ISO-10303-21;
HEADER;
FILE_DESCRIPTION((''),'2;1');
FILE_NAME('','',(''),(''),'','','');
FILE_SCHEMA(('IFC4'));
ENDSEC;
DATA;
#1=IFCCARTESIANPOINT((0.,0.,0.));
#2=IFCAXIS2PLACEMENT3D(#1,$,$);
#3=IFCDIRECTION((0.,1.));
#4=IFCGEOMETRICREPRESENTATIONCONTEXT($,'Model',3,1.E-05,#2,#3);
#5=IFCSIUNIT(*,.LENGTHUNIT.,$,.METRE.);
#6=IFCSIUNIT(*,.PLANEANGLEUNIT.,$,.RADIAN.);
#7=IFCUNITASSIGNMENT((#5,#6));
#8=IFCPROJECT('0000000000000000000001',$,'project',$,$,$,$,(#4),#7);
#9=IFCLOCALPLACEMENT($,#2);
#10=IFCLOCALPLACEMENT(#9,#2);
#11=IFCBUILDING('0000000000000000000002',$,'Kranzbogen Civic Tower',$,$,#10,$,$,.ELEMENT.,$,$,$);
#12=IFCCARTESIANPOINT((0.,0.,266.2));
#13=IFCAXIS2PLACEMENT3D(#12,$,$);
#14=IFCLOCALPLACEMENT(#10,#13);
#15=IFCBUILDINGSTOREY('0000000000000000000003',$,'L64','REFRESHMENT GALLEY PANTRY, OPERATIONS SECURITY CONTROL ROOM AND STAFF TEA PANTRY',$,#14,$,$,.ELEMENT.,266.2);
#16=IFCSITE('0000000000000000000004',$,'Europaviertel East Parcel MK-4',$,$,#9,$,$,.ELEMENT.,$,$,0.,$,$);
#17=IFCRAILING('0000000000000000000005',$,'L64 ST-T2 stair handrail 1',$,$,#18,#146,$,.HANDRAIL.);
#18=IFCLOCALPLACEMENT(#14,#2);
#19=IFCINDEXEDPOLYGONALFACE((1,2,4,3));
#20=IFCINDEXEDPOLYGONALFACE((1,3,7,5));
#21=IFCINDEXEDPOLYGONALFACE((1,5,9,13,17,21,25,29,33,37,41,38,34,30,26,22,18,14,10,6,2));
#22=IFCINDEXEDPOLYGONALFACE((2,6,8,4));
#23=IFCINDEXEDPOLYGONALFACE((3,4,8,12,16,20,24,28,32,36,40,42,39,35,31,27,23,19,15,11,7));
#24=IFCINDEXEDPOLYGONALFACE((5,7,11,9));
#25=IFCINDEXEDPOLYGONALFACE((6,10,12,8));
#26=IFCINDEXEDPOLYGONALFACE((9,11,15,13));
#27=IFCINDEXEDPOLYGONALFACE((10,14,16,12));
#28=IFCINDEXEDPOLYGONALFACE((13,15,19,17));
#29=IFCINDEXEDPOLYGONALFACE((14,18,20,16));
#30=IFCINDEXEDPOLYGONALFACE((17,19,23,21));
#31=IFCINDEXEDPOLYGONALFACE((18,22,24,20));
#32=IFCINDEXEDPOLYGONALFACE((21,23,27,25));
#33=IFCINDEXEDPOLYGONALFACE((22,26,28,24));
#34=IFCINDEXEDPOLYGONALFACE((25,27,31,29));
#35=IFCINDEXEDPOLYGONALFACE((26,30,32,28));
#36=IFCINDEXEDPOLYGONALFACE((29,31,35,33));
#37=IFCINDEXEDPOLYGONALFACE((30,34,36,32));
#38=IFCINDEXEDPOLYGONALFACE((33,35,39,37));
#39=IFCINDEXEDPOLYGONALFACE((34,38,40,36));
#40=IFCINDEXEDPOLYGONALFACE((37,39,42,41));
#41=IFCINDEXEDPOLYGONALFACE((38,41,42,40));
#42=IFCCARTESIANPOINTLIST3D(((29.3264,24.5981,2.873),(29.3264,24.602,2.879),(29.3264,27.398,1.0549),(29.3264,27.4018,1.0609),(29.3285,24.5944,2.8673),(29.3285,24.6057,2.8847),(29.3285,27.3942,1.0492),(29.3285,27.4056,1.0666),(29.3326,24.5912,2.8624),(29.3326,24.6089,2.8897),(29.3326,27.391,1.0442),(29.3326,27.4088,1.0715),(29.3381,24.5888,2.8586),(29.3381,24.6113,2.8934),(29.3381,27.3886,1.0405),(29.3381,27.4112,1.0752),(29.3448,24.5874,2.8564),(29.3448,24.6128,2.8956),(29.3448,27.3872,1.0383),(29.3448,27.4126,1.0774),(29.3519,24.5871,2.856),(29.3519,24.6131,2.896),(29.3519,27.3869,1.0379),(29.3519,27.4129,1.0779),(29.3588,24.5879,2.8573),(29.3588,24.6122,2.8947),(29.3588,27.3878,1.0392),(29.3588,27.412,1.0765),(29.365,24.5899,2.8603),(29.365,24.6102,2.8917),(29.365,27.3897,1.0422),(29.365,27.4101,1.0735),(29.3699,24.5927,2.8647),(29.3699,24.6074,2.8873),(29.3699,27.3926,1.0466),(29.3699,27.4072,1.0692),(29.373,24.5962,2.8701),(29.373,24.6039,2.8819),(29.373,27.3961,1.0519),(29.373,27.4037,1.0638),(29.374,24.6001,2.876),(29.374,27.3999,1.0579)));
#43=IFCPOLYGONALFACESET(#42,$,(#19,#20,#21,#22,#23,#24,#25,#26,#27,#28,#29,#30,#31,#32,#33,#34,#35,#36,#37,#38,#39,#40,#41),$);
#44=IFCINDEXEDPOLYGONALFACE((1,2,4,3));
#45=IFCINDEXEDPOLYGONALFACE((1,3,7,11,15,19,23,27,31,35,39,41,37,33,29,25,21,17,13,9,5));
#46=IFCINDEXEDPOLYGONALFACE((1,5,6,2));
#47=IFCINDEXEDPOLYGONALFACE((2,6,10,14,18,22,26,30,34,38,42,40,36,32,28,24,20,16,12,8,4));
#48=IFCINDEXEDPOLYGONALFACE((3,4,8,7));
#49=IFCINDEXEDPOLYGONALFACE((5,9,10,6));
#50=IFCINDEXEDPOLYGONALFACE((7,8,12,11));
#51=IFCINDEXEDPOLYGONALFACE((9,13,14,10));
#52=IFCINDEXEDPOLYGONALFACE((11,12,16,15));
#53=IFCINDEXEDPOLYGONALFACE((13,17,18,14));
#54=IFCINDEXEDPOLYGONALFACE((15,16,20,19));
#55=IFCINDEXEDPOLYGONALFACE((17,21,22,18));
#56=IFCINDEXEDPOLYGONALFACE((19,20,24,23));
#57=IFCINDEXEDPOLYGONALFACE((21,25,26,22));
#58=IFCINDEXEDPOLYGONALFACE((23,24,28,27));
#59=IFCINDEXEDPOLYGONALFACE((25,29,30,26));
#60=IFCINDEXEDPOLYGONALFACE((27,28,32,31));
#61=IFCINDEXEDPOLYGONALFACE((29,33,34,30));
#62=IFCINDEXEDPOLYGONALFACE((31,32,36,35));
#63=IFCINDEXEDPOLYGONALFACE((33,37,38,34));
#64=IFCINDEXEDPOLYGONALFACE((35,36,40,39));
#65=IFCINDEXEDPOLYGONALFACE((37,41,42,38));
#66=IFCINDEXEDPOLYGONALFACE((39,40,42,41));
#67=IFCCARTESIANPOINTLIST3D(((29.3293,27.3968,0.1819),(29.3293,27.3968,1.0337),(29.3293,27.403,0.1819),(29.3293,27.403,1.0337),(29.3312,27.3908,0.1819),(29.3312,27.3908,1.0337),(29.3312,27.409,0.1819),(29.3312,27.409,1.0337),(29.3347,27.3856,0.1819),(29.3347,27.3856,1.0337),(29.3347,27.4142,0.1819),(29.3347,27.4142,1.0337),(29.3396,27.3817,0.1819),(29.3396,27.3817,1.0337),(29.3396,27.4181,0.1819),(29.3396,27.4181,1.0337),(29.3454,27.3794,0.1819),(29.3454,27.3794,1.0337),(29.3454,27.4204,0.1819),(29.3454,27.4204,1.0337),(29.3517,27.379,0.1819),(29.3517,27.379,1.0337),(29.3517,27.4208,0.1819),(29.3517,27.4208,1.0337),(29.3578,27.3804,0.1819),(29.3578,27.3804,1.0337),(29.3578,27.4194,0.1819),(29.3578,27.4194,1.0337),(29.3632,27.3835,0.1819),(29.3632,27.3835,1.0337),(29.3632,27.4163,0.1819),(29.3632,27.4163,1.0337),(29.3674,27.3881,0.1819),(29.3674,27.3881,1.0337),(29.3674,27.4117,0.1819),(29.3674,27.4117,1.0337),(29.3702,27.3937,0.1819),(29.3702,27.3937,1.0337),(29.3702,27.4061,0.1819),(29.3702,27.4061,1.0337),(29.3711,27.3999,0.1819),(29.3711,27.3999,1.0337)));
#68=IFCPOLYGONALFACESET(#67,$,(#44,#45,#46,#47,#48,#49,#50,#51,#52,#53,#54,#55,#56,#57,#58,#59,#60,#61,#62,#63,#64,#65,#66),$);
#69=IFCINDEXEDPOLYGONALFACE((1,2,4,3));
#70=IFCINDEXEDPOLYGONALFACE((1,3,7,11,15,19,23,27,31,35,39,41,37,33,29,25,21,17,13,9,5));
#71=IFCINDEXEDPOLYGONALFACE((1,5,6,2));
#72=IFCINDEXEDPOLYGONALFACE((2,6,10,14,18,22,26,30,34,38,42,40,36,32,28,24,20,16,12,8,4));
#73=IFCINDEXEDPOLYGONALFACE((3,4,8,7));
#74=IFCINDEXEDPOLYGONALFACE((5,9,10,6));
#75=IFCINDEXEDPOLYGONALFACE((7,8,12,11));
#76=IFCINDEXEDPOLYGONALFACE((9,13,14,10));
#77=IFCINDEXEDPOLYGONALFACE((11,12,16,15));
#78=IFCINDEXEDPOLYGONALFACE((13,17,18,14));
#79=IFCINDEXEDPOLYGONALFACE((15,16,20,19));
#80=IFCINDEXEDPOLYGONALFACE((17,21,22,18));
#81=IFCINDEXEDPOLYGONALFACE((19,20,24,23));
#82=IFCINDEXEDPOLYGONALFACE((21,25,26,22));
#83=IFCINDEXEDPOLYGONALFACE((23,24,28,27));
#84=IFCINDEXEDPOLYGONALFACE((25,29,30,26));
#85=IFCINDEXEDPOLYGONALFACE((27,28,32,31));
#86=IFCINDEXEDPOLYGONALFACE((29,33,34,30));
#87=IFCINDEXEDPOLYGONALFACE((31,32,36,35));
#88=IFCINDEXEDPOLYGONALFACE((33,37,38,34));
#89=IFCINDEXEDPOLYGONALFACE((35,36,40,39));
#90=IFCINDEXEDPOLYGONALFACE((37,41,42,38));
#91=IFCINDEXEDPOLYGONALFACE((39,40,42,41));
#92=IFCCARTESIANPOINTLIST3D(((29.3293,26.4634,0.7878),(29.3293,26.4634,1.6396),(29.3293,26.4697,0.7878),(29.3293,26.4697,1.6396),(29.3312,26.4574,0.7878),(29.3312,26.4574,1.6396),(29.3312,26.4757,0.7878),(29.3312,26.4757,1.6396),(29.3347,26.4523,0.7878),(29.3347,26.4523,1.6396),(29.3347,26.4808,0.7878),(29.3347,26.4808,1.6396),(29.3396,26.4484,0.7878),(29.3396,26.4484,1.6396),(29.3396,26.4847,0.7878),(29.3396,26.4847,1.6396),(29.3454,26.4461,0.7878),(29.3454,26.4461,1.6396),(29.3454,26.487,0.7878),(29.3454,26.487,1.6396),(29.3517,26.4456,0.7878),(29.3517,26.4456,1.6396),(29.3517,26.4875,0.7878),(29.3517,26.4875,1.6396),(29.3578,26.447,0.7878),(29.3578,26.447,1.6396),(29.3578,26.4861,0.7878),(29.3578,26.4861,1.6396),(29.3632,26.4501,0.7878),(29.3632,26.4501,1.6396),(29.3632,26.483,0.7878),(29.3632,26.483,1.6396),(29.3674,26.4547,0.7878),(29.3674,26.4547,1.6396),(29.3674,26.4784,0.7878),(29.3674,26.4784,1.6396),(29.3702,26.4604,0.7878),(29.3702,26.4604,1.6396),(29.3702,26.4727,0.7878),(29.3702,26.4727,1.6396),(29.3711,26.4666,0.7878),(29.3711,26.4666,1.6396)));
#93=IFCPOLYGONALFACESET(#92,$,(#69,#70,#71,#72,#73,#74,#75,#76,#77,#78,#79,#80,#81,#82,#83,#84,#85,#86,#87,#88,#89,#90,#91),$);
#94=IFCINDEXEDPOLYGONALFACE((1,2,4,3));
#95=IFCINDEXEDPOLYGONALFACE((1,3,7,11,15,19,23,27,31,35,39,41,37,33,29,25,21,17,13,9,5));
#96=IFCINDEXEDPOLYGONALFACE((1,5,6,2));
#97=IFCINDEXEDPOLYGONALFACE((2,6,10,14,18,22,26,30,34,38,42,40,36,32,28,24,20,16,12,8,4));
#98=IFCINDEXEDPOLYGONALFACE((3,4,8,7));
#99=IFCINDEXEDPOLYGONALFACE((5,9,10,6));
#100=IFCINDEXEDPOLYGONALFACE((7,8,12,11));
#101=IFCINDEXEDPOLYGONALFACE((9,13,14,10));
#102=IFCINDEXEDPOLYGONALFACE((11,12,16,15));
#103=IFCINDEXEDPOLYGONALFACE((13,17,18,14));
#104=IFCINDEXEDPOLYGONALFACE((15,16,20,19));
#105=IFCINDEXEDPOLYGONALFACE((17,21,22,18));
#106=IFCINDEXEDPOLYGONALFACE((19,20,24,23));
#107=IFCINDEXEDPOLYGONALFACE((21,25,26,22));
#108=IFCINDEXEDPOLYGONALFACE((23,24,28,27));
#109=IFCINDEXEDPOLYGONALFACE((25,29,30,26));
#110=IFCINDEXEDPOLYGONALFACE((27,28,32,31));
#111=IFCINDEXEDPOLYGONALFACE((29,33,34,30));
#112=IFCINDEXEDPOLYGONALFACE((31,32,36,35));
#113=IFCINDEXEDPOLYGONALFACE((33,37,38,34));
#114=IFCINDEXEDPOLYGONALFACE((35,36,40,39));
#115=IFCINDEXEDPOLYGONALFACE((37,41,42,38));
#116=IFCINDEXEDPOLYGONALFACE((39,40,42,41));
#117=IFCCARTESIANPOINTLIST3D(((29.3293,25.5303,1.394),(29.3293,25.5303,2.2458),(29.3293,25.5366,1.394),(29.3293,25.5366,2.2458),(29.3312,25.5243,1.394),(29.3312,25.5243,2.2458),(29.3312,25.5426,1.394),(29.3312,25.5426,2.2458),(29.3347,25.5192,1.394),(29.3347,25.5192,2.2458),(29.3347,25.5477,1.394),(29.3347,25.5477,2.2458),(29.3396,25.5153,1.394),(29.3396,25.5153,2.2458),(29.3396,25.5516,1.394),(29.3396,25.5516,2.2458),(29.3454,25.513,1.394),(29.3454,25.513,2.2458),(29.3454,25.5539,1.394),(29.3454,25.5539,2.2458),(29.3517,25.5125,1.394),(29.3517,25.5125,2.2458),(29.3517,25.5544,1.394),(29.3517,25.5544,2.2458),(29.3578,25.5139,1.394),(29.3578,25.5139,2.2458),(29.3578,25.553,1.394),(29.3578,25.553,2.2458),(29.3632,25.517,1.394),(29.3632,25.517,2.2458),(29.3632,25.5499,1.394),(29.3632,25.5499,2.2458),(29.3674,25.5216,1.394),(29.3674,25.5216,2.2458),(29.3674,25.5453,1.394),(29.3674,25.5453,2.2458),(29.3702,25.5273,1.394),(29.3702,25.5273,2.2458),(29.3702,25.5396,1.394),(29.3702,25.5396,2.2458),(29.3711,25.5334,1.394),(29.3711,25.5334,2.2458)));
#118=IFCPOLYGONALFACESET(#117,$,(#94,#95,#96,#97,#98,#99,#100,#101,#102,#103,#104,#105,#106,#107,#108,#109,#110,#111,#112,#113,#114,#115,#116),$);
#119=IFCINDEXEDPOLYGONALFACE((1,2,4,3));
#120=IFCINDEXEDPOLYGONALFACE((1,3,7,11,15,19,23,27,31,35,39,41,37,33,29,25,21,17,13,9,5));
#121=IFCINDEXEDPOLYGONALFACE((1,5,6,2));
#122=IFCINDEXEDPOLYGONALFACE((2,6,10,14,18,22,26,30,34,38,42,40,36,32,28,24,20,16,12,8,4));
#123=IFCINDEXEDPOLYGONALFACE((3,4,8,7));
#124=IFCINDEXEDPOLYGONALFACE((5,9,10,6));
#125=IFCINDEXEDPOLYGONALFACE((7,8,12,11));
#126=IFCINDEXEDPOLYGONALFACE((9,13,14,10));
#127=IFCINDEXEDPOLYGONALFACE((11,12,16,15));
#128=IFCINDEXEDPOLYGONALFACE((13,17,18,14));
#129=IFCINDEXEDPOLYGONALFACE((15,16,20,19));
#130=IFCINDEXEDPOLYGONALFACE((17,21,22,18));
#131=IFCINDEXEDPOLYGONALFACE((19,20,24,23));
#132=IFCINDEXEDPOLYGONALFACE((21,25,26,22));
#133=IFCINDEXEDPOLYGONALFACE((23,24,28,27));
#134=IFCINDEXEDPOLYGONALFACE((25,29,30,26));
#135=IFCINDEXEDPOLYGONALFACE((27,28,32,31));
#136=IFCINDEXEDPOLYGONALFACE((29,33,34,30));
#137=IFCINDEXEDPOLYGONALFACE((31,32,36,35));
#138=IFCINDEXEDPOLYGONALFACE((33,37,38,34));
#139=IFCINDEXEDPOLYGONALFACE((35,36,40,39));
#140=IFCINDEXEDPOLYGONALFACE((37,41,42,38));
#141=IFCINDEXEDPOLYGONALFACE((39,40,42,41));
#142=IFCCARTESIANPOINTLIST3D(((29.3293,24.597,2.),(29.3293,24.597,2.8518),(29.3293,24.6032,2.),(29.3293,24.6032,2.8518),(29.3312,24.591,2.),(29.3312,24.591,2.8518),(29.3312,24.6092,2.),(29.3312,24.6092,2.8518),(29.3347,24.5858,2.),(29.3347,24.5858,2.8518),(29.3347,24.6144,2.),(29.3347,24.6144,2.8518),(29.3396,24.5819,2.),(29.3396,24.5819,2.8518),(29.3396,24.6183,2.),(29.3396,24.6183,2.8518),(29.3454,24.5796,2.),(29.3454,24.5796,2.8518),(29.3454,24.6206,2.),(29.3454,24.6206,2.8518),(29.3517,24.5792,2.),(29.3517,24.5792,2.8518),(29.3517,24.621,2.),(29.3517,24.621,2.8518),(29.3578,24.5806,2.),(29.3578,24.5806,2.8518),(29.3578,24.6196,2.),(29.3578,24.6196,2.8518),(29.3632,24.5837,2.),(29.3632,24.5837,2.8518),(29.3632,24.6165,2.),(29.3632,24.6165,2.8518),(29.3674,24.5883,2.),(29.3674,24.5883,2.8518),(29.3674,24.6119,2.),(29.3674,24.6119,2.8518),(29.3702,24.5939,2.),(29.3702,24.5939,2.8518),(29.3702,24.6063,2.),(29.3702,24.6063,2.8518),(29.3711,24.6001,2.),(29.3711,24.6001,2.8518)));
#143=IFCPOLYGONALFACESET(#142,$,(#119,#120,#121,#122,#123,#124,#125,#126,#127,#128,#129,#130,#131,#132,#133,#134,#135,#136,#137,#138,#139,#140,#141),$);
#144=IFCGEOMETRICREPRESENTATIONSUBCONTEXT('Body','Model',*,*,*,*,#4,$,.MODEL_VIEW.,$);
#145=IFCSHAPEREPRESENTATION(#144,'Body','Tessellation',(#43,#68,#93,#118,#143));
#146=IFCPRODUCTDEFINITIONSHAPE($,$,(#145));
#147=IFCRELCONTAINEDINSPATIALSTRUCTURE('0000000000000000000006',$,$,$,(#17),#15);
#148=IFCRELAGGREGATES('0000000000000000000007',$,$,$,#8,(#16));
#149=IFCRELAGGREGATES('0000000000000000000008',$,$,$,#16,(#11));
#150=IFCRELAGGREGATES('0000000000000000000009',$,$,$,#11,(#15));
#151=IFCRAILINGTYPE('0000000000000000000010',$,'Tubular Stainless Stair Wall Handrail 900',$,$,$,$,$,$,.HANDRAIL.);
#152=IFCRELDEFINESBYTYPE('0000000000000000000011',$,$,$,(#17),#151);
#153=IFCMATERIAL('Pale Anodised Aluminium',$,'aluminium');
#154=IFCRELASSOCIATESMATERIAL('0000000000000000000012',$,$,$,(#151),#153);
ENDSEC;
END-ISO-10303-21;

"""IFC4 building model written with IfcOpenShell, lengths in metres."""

from ifc_helpers import new_model, si_unit, direction, frame, origin, origin_2d, place, context, subcontext, project, spatial, circle, extrude, material, type_object, element, save


model = new_model("IFC4")

# Units and contexts
model_context = context("Model", 3, precision=1e-05, world=origin(), true_north=direction((0.0, 1.0)))
body_context = subcontext(model_context, "Body", "Model", "MODEL_VIEW")
ifc_project = project(units=[si_unit("LENGTHUNIT", "METRE"), si_unit("PLANEANGLEUNIT", "RADIAN")], contexts=[model_context])

# Site, building, storey
site_placement = place(None, origin())
site = spatial("IfcSite", under=ifc_project, at=site_placement, Name="Europaviertel East Parcel MK-4", CompositionType="ELEMENT", RefElevation=0.0)
building_placement = place(site_placement, origin())
building = spatial("IfcBuilding", under=site, at=building_placement, Name="Kranzbogen Civic Tower", CompositionType="ELEMENT")
storey_placement = place(building_placement, frame((0.0, 0.0, 266.2)))
storey = spatial("IfcBuildingStorey", under=building, at=storey_placement, Name="L64", Description="REFRESHMENT GALLEY PANTRY, OPERATIONS SECURITY CONTROL ROOM AND STAFF TEA PANTRY", CompositionType="ELEMENT", Elevation=266.2)

# Shared definitions
ifc_material_1 = material(Name="Pale Anodised Aluminium", Category="aluminium")

# Railing
railing_type_1 = type_object("IfcRailingType", Name="Tubular Stainless Stair Wall Handrail 900", PredefinedType="HANDRAIL", material=ifc_material_1)
railing_1_placement = place(storey_placement, frame((29.3501, 27.3999, 0.1819)))
element("IfcRailing", 1, at=railing_1_placement, inside=storey, type_object=railing_type_1, Name="L64 ST-T2 stair handrail 1", PredefinedType="HANDRAIL", context=body_context, shape_type="SweptSolid", body=[
    extrude(circle(Radius=0.0239, at=origin_2d()), frame((0.0, 0.0, 0.876), z_axis=(0.0, -0.838684, 0.544618), x_axis=(1.0, 0.0, 0.0)), (0.0, 0.0, 1.0), 3.3384),
    extrude(circle(Radius=0.021, at=origin_2d()), origin(), (0.0, 0.0, 1.0), 0.8518),
    extrude(circle(Radius=0.021, at=origin_2d()), frame((0.0, -0.9333, 0.606)), (0.0, 0.0, 1.0), 0.8518),
    extrude(circle(Radius=0.021, at=origin_2d()), frame((0.0, -1.8665, 1.2122)), (0.0, 0.0, 1.0), 0.8518),
    extrude(circle(Radius=0.021, at=origin_2d()), frame((0.0, -2.7998, 1.8181)), (0.0, 0.0, 1.0), 0.8518),
])

save(model, "model.ifc")
